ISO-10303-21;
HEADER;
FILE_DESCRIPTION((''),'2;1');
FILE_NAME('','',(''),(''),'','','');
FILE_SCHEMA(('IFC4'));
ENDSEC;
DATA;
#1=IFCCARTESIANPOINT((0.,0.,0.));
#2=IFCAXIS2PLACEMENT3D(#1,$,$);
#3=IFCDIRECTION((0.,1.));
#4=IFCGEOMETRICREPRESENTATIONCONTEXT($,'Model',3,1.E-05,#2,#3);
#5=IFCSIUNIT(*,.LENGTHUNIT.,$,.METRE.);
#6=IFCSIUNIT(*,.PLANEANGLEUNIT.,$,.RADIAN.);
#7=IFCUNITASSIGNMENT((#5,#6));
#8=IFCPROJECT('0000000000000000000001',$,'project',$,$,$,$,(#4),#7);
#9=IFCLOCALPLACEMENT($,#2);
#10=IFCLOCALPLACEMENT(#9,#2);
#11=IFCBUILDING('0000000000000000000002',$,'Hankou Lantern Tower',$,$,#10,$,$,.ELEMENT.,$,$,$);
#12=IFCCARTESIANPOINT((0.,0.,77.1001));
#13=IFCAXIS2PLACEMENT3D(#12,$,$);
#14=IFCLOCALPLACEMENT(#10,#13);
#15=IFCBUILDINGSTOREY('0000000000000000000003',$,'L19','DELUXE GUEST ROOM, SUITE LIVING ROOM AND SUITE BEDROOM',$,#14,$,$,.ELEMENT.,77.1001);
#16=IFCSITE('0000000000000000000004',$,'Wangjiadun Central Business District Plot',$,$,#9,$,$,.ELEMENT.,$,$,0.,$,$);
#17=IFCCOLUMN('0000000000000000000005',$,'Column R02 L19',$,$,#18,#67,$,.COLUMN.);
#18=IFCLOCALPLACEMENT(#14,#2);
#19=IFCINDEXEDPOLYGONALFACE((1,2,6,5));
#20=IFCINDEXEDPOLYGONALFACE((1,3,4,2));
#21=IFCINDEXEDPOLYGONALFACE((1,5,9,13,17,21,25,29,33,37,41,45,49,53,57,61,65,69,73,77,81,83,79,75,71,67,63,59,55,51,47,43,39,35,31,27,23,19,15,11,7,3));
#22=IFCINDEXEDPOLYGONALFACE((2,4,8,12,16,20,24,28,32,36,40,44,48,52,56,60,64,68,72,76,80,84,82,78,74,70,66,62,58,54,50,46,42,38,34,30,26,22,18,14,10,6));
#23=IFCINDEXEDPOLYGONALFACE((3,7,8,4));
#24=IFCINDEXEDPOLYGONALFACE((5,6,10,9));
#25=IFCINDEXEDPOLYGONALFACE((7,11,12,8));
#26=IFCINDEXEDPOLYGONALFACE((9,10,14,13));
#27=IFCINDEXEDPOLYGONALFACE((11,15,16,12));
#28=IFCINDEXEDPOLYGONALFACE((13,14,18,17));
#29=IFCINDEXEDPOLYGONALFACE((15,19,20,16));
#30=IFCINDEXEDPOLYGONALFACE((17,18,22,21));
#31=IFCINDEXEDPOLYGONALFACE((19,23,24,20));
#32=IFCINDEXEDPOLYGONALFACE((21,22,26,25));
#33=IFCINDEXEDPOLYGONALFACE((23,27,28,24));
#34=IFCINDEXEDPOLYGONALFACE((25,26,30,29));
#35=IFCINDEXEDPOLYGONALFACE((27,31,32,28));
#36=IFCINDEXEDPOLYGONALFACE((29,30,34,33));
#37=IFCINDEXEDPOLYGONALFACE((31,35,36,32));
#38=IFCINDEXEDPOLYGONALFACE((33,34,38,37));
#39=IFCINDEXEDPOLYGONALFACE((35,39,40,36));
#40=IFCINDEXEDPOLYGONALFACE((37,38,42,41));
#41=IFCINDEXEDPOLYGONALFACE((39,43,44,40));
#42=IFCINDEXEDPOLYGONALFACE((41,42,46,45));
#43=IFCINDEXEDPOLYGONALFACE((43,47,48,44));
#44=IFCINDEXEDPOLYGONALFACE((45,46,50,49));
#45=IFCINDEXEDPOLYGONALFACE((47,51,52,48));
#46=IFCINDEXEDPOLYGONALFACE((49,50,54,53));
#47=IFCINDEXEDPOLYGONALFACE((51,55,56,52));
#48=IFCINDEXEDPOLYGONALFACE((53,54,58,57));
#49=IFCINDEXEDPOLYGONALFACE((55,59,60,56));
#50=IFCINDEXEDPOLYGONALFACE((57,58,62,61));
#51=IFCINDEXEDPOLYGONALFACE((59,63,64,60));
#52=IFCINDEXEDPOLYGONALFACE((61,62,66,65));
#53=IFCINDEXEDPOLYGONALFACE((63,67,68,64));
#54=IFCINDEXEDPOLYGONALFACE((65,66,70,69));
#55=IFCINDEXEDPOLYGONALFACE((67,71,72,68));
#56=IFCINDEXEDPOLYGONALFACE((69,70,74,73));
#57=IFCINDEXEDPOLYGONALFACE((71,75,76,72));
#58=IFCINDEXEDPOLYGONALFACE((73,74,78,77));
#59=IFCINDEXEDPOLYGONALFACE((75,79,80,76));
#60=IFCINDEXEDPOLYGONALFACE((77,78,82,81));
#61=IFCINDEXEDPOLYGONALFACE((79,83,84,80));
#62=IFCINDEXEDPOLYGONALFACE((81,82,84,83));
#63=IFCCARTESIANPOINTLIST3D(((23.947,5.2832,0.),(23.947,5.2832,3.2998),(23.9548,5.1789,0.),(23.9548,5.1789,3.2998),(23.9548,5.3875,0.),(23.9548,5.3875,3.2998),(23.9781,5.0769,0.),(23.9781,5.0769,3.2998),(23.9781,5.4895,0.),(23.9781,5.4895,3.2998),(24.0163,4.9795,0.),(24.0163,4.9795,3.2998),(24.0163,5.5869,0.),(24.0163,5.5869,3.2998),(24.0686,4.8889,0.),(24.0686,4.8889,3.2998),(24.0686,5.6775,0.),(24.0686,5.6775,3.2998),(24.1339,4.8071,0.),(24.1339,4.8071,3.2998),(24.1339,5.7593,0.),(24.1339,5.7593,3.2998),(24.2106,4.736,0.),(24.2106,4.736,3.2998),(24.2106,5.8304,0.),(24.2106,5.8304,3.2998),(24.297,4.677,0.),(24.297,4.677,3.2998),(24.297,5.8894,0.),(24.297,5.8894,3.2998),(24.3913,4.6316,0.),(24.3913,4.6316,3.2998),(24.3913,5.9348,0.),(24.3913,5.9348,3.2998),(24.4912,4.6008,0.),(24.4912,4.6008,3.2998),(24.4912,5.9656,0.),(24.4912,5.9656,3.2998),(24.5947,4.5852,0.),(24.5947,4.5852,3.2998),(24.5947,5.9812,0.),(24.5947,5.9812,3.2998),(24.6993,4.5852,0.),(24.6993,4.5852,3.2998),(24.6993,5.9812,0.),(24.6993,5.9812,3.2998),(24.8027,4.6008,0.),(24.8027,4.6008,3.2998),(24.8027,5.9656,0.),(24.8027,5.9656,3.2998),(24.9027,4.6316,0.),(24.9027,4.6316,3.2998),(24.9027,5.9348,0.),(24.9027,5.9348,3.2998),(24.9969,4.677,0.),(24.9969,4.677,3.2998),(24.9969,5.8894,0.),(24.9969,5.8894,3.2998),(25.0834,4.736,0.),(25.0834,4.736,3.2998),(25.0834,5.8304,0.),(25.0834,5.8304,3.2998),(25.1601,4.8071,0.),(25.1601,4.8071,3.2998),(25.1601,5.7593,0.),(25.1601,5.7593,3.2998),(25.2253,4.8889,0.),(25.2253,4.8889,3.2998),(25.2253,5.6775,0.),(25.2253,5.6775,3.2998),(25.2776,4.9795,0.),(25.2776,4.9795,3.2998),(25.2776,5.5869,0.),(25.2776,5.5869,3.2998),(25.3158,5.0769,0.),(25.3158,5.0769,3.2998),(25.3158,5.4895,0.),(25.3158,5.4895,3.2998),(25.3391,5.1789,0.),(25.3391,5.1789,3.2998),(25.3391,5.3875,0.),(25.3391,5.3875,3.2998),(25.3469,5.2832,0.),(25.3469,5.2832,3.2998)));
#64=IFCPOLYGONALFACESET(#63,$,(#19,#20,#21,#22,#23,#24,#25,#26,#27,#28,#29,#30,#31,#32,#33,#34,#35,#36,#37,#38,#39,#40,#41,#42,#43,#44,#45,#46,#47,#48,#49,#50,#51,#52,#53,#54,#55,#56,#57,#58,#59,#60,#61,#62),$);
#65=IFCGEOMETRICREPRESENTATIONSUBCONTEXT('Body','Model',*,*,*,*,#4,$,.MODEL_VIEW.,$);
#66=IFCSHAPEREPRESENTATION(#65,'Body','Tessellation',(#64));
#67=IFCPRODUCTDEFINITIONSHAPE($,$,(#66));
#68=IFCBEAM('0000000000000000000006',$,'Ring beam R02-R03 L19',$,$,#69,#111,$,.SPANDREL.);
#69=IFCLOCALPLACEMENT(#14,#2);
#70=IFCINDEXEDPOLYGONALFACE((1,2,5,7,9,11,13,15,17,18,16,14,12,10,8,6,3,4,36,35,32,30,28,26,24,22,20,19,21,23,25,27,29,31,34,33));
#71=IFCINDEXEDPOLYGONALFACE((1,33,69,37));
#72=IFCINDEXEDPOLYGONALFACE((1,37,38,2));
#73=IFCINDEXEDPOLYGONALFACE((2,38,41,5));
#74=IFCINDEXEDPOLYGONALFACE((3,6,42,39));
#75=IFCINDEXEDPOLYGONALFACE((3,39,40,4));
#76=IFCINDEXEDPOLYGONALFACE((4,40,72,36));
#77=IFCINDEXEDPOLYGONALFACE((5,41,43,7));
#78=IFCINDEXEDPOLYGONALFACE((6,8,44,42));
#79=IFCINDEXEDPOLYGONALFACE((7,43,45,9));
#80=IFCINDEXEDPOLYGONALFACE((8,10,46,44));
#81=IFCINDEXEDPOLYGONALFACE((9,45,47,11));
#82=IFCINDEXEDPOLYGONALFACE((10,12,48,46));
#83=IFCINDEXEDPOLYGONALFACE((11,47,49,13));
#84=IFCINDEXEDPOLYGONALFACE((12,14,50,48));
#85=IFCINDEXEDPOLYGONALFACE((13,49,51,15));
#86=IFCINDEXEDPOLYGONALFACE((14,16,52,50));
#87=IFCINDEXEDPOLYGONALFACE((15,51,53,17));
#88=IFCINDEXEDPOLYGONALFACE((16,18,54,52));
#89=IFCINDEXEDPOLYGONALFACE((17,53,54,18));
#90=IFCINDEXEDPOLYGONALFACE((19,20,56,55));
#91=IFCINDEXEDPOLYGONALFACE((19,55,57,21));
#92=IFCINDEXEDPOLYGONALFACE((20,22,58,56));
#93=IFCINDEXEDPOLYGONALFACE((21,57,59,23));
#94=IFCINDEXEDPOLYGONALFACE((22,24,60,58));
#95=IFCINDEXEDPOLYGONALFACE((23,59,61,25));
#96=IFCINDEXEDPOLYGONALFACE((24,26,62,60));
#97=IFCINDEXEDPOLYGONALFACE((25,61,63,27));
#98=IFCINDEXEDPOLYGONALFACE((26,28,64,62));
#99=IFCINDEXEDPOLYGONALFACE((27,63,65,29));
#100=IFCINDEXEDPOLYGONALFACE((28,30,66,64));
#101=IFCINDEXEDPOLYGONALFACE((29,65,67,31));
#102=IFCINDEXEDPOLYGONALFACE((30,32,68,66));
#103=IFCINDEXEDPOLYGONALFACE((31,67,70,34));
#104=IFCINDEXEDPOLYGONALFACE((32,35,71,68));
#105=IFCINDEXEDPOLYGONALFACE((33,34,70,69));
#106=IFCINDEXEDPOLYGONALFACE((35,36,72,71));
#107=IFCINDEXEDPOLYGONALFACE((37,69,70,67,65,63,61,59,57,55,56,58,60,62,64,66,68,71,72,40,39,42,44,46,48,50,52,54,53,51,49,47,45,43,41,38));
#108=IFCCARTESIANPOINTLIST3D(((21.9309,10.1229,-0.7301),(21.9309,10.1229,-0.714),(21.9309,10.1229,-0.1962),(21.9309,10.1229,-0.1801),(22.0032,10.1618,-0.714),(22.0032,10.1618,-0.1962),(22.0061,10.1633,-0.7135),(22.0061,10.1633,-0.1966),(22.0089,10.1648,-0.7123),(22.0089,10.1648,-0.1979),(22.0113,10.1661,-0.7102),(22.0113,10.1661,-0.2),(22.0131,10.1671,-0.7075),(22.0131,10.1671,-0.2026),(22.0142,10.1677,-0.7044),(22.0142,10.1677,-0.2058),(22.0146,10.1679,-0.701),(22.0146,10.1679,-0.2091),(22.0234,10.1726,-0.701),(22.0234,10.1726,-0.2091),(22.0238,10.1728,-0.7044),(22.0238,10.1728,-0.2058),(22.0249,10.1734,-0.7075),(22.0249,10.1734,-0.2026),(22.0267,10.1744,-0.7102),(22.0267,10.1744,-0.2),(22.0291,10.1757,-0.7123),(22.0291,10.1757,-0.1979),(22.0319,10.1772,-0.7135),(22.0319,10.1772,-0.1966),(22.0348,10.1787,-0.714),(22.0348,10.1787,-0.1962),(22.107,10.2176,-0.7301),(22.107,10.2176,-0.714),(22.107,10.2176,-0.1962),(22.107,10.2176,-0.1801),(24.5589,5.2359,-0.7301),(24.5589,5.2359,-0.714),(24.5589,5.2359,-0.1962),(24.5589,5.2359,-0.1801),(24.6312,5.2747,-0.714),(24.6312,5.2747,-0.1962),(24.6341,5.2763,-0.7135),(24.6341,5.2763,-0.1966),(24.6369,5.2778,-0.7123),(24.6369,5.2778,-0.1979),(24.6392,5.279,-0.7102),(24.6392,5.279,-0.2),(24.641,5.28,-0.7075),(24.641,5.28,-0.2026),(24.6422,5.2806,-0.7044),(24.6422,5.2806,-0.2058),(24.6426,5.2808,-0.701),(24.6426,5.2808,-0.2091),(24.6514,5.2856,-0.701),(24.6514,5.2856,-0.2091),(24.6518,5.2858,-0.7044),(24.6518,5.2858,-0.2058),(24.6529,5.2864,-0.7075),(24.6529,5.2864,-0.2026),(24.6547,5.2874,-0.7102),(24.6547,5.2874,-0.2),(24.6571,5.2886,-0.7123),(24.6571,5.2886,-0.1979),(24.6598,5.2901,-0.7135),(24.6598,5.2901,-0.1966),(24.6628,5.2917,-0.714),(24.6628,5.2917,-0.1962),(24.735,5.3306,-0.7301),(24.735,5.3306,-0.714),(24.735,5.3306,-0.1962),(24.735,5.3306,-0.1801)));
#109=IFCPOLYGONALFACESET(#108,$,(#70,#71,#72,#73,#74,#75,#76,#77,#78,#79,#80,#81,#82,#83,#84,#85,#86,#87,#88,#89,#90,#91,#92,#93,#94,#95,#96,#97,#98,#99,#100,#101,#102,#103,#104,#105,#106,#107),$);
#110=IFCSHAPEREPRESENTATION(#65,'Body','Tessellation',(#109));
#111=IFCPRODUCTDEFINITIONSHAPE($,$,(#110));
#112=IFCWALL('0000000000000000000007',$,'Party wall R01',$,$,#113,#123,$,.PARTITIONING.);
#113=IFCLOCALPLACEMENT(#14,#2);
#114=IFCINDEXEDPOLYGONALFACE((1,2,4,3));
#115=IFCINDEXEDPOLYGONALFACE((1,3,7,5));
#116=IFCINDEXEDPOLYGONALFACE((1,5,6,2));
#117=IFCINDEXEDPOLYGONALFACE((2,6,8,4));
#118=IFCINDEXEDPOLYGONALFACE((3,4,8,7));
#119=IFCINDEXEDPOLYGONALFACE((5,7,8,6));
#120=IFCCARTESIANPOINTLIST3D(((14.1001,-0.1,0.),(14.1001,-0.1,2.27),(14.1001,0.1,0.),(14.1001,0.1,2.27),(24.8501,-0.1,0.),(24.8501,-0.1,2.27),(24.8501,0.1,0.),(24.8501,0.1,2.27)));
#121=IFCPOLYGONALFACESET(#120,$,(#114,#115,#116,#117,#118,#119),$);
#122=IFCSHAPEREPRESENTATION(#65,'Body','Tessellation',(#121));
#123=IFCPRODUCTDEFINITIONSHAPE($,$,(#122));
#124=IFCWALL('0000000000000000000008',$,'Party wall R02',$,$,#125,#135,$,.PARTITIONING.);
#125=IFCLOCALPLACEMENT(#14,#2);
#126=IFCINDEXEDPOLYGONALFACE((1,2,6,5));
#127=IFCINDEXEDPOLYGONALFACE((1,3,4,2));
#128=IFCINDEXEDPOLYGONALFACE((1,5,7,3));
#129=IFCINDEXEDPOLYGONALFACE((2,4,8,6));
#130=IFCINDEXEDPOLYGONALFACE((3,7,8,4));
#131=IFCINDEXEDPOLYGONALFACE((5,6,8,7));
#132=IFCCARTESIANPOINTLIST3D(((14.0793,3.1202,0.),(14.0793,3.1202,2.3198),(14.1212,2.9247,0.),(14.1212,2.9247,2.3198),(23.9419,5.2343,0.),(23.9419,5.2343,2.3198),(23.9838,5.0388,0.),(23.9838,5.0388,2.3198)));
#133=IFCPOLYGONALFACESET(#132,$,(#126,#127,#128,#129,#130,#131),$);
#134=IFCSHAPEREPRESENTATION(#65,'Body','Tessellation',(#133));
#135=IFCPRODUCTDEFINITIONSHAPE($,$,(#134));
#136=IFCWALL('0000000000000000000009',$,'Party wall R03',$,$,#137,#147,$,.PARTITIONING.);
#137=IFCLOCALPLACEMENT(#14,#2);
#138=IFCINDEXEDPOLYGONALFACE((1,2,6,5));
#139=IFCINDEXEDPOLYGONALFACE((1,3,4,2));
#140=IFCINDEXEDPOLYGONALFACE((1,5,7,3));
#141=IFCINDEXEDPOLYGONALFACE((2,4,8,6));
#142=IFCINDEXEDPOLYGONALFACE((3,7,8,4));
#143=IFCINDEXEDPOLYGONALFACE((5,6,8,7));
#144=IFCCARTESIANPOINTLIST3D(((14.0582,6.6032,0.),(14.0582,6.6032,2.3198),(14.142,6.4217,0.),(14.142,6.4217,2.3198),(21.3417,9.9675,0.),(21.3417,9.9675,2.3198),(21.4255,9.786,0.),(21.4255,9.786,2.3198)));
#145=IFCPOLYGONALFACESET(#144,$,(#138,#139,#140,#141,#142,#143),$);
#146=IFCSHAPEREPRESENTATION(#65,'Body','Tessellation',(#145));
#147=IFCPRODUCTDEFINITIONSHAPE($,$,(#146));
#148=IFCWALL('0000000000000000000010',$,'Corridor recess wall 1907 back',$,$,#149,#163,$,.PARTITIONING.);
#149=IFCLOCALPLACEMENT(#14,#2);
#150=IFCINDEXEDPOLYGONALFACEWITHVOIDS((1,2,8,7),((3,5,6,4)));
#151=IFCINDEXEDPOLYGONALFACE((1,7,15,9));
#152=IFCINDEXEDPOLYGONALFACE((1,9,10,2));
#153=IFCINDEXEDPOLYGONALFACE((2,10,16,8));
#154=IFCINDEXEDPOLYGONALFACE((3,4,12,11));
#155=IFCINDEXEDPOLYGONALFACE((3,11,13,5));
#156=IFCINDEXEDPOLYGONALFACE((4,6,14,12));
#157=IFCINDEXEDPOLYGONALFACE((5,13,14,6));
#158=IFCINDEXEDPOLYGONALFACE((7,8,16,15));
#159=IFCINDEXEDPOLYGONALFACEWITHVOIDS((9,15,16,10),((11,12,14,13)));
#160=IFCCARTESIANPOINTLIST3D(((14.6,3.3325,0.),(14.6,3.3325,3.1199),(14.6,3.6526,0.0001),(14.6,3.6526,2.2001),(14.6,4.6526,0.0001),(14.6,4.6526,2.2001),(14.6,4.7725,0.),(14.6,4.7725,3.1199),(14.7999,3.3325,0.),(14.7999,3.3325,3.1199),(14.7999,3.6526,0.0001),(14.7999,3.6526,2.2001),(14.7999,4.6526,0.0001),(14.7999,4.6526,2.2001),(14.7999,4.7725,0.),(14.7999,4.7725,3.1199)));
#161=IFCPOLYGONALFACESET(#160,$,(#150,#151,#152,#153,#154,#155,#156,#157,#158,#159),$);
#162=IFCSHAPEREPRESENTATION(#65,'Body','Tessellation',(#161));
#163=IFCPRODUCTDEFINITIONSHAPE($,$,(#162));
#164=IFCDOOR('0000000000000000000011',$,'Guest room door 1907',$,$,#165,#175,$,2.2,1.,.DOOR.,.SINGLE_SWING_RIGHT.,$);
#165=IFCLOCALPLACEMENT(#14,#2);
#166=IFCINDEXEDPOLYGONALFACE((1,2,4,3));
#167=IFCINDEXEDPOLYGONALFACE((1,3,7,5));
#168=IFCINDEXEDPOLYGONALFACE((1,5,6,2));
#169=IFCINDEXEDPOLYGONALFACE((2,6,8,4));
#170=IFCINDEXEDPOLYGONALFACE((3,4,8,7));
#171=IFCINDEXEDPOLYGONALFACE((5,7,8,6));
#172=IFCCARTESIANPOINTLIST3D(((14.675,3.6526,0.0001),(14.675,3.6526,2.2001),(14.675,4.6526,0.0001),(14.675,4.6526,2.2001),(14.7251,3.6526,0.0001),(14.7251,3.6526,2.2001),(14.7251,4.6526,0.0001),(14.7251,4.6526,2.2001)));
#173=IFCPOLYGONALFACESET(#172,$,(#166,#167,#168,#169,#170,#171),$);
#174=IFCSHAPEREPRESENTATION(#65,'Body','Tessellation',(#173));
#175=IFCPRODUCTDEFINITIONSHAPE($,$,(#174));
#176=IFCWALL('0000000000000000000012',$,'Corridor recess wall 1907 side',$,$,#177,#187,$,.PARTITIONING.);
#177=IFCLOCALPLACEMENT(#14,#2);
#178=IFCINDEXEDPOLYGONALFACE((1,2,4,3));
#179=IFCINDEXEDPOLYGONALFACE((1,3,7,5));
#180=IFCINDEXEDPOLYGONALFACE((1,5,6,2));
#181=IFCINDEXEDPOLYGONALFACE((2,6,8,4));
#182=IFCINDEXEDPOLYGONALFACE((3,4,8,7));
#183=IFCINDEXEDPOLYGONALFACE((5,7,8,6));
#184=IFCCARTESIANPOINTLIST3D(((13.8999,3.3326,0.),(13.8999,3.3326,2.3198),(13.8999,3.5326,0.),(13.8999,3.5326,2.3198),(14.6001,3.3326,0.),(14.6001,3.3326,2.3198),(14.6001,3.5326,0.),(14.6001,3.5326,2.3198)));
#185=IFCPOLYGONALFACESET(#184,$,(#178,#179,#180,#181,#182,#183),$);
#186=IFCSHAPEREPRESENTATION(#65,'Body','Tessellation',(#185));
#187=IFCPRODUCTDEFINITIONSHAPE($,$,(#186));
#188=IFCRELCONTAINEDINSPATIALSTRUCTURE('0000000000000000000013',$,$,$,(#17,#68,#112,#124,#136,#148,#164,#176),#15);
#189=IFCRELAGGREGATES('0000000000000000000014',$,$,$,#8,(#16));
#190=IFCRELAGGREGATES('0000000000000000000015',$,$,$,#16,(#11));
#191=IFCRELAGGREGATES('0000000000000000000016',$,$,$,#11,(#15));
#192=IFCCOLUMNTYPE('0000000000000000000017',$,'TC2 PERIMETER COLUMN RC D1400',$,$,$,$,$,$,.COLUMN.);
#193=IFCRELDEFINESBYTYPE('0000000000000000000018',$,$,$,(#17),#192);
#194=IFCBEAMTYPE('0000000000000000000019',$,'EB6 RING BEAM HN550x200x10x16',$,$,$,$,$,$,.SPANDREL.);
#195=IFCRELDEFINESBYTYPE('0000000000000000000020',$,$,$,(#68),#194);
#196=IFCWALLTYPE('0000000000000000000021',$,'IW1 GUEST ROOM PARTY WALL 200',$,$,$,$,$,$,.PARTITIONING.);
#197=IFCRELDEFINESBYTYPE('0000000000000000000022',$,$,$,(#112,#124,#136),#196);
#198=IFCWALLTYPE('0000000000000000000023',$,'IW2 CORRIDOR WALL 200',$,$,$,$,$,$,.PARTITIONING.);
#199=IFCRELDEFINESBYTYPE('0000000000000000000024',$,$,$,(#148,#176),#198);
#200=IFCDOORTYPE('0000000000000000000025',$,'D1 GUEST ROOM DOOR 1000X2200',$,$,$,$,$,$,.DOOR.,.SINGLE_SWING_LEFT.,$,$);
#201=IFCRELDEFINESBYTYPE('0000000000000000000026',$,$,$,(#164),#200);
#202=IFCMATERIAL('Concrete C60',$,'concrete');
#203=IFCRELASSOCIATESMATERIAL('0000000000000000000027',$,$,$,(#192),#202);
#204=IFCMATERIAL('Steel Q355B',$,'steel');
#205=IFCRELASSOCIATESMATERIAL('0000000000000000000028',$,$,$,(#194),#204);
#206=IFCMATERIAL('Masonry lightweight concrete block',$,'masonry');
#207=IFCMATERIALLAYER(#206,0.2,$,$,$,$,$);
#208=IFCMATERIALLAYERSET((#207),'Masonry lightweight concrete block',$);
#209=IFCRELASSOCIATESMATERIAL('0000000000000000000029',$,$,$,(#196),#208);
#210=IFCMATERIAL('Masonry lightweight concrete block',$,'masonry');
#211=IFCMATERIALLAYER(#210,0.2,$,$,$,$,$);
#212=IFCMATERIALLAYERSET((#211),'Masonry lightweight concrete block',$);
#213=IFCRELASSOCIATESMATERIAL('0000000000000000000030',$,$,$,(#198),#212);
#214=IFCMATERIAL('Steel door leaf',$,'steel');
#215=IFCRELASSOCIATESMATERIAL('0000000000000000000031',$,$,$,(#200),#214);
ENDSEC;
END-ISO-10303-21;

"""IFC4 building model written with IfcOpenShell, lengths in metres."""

from ifc_helpers import new_model, si_unit, direction, frame, frame_2d, origin, origin_2d, place, context, subcontext, project, spatial, rectangle, circle, i_section, extrude, material, layer, layer_set, material_profile, profile_set, type_object, element, fill, save


model = new_model("IFC4")

# Units and contexts
model_context = context("Model", 3, precision=1e-05, world=origin(), true_north=direction((0.0, 1.0)))
body_context = subcontext(model_context, "Body", "Model", "MODEL_VIEW")
ifc_project = project(units=[si_unit("LENGTHUNIT", "METRE"), si_unit("PLANEANGLEUNIT", "RADIAN")], contexts=[model_context])

# Site, building, storey
site_placement = place(None, origin())
site = spatial("IfcSite", under=ifc_project, at=site_placement, Name="Wangjiadun Central Business District Plot", CompositionType="ELEMENT", RefElevation=0.0)
building_placement = place(site_placement, origin())
building = spatial("IfcBuilding", under=site, at=building_placement, Name="Hankou Lantern Tower", CompositionType="ELEMENT")
storey_placement = place(building_placement, frame((0.0, 0.0, 77.1001)))
storey = spatial("IfcBuildingStorey", under=building, at=storey_placement, Name="L19", Description="DELUXE GUEST ROOM, SUITE LIVING ROOM AND SUITE BEDROOM", CompositionType="ELEMENT", Elevation=77.1001)

# Column
ifc_material_1 = material(Name="Concrete C60", Category="concrete")
ifc_material_profile_1 = material_profile(ifc_material_1, circle(Radius=0.7, at=origin_2d()), Name="RC D1400")
ifc_profile_set_1 = profile_set([ifc_material_profile_1], Name="Concrete C60")
column_type = type_object("IfcColumnType", Name="TC2 PERIMETER COLUMN RC D1400", PredefinedType="COLUMN", material=ifc_profile_set_1)
column_placement = place(storey_placement, frame((24.647, 5.2832, 0.0), z_axis=(0.0, 0.0, 1.0), x_axis=(1.0, 0.0, 0.0)))
element("IfcColumn", 1, at=column_placement, inside=storey, type_object=column_type, Name="Column R02 L19", PredefinedType="COLUMN", context=body_context, shape_type="SweptSolid", body=[
    extrude(circle(Radius=0.7, at=origin_2d()), origin(), (0.0, 0.0, 1.0), 3.2998),
])

# Beam
ifc_material_2 = material(Name="Steel Q355B", Category="steel")
ifc_material_profile_2 = material_profile(ifc_material_2, i_section(OverallWidth=0.2, OverallDepth=0.55, WebThickness=0.01, FlangeThickness=0.0161, FilletRadius=0.0129, at=origin_2d()), Name="HN550x200x10x16")
ifc_profile_set_2 = profile_set([ifc_material_profile_2], Name="Steel Q355B")
beam_type = type_object("IfcBeamType", Name="EB6 RING BEAM HN550x200x10x16", PredefinedType="SPANDREL", material=ifc_profile_set_2)
beam_placement = place(storey_placement, frame((24.647, 5.2832, -0.4551), z_axis=(-0.473609, 0.880735, 0.0), x_axis=(-0.880735, -0.473609, 0.0)))
element("IfcBeam", 2, at=beam_placement, inside=storey, type_object=beam_type, Name="Ring beam R02-R03 L19", PredefinedType="SPANDREL", context=body_context, shape_type="SweptSolid", body=[
    extrude(i_section(OverallWidth=0.2, OverallDepth=0.55, WebThickness=0.01, FlangeThickness=0.0161, FilletRadius=0.0129, at=origin_2d()), origin(), (0.0, 0.0, 1.0), 5.5488),
])

# Walls
ifc_material_3 = material(Name="Masonry lightweight concrete block", Category="masonry")
ifc_layer_1 = layer(ifc_material_3, 0.2)
ifc_layer_set_1 = layer_set([ifc_layer_1], Name="Masonry lightweight concrete block")
wall_type_1 = type_object("IfcWallType", Name="IW1 GUEST ROOM PARTY WALL 200", PredefinedType="PARTITIONING", material=ifc_layer_set_1)
wall_1_placement = place(storey_placement, frame((14.1001, 0.0, 0.0), z_axis=(0.0, 0.0, 1.0), x_axis=(1.0, 0.0, 0.0)))
element("IfcWall", 3, at=wall_1_placement, inside=storey, type_object=wall_type_1, Name="Party wall R01", PredefinedType="PARTITIONING", context=body_context, shape_type="SweptSolid", body=[
    extrude(rectangle(XDim=10.75, YDim=0.2, at=frame_2d((5.375, 0.0))), origin(), (0.0, 0.0, 1.0), 2.27),
])
wall_2_placement = place(storey_placement, frame((14.1001, 3.0225, 0.0), z_axis=(0.0, 0.0, 1.0), x_axis=(0.97779, 0.209587, 0.0)))
element("IfcWall", 4, at=wall_2_placement, inside=storey, type_object=wall_type_1, Name="Party wall R02", PredefinedType="PARTITIONING", context=body_context, shape_type="SweptSolid", body=[
    extrude(rectangle(XDim=10.0867, YDim=0.2, at=frame_2d((5.0435, 0.0))), origin(), (0.0, 0.0, 1.0), 2.3198),
])
wall_3_placement = place(storey_placement, frame((14.1001, 6.5125, 0.0), z_axis=(0.0, 0.0, 1.0), x_axis=(0.907833, 0.419332, 0.0)))
element("IfcWall", 5, at=wall_3_placement, inside=storey, type_object=wall_type_1, Name="Party wall R03", PredefinedType="PARTITIONING", context=body_context, shape_type="SweptSolid", body=[
    extrude(rectangle(XDim=8.0229, YDim=0.2, at=frame_2d((4.0115, 0.0))), origin(), (0.0, 0.0, 1.0), 2.3198),
])

# Wall, opening, door
ifc_material_4 = material(Name="Masonry lightweight concrete block", Category="masonry")
ifc_layer_2 = layer(ifc_material_4, 0.2)
ifc_layer_set_2 = layer_set([ifc_layer_2], Name="Masonry lightweight concrete block")
wall_type_2 = type_object("IfcWallType", Name="IW2 CORRIDOR WALL 200", PredefinedType="PARTITIONING", material=ifc_layer_set_2)
wall_4_placement = place(storey_placement, frame((14.7, 3.3325, 0.0), z_axis=(0.0, 0.0, 1.0), x_axis=(0.0, 1.0, 0.0)))
wall_4 = element("IfcWall", 6, at=wall_4_placement, inside=storey, type_object=wall_type_2, Name="Corridor recess wall 1907 back", PredefinedType="PARTITIONING", context=body_context, shape_type="SweptSolid", body=[
    extrude(rectangle(XDim=1.4399, YDim=0.2, at=frame_2d((0.72, 0.0))), origin(), (0.0, 0.0, 1.0), 3.1199),
])
opening_1_placement = place(wall_4_placement, frame((0.3201, 0.0, 0.0)))
opening_1 = element("IfcOpeningElement", 7, at=opening_1_placement, cuts=wall_4, PredefinedType="OPENING", context=body_context, shape_type="SweptSolid", body=[
    extrude(rectangle(XDim=1.0, YDim=2.2, at=frame_2d((0.5, 1.1001))), frame((0.0, 0.1099, 0.0), z_axis=(0.0, -1.0, 0.0), x_axis=(1.0, 0.0, 0.0)), (0.0, 0.0, 1.0), 0.22),
])
ifc_material_5 = material(Name="Steel door leaf", Category="steel")
door_type_1 = type_object("IfcDoorType", Name="D1 GUEST ROOM DOOR 1000X2200", OperationType="SINGLE_SWING_LEFT", PredefinedType="DOOR", material=ifc_material_5)
door_1_placement = place(opening_1_placement, origin())
door_1 = element("IfcDoor", 8, at=door_1_placement, inside=storey, type_object=door_type_1, Name="Guest room door 1907", OperationType="SINGLE_SWING_RIGHT", OverallHeight=2.2, OverallWidth=1.0, PredefinedType="DOOR", context=body_context, shape_type="SweptSolid", body=[
    extrude(rectangle(XDim=1.0, YDim=2.2, at=frame_2d((0.5, 1.1001))), frame((0.0, 0.0249, 0.0), z_axis=(0.0, -1.0, 0.0), x_axis=(1.0, 0.0, 0.0)), (0.0, 0.0, 1.0), 0.05),
])
fill(opening_1, door_1)

# Wall
wall_5_placement = place(storey_placement, frame((13.8999, 3.4326, 0.0), z_axis=(0.0, 0.0, 1.0), x_axis=(1.0, 0.0, 0.0)))
element("IfcWall", 9, at=wall_5_placement, inside=storey, type_object=wall_type_2, Name="Corridor recess wall 1907 side", PredefinedType="PARTITIONING", context=body_context, shape_type="SweptSolid", body=[
    extrude(rectangle(XDim=0.7002, YDim=0.2, at=frame_2d((0.3501, 0.0))), origin(), (0.0, 0.0, 1.0), 2.3198),
])

save(model, "model.ifc")
